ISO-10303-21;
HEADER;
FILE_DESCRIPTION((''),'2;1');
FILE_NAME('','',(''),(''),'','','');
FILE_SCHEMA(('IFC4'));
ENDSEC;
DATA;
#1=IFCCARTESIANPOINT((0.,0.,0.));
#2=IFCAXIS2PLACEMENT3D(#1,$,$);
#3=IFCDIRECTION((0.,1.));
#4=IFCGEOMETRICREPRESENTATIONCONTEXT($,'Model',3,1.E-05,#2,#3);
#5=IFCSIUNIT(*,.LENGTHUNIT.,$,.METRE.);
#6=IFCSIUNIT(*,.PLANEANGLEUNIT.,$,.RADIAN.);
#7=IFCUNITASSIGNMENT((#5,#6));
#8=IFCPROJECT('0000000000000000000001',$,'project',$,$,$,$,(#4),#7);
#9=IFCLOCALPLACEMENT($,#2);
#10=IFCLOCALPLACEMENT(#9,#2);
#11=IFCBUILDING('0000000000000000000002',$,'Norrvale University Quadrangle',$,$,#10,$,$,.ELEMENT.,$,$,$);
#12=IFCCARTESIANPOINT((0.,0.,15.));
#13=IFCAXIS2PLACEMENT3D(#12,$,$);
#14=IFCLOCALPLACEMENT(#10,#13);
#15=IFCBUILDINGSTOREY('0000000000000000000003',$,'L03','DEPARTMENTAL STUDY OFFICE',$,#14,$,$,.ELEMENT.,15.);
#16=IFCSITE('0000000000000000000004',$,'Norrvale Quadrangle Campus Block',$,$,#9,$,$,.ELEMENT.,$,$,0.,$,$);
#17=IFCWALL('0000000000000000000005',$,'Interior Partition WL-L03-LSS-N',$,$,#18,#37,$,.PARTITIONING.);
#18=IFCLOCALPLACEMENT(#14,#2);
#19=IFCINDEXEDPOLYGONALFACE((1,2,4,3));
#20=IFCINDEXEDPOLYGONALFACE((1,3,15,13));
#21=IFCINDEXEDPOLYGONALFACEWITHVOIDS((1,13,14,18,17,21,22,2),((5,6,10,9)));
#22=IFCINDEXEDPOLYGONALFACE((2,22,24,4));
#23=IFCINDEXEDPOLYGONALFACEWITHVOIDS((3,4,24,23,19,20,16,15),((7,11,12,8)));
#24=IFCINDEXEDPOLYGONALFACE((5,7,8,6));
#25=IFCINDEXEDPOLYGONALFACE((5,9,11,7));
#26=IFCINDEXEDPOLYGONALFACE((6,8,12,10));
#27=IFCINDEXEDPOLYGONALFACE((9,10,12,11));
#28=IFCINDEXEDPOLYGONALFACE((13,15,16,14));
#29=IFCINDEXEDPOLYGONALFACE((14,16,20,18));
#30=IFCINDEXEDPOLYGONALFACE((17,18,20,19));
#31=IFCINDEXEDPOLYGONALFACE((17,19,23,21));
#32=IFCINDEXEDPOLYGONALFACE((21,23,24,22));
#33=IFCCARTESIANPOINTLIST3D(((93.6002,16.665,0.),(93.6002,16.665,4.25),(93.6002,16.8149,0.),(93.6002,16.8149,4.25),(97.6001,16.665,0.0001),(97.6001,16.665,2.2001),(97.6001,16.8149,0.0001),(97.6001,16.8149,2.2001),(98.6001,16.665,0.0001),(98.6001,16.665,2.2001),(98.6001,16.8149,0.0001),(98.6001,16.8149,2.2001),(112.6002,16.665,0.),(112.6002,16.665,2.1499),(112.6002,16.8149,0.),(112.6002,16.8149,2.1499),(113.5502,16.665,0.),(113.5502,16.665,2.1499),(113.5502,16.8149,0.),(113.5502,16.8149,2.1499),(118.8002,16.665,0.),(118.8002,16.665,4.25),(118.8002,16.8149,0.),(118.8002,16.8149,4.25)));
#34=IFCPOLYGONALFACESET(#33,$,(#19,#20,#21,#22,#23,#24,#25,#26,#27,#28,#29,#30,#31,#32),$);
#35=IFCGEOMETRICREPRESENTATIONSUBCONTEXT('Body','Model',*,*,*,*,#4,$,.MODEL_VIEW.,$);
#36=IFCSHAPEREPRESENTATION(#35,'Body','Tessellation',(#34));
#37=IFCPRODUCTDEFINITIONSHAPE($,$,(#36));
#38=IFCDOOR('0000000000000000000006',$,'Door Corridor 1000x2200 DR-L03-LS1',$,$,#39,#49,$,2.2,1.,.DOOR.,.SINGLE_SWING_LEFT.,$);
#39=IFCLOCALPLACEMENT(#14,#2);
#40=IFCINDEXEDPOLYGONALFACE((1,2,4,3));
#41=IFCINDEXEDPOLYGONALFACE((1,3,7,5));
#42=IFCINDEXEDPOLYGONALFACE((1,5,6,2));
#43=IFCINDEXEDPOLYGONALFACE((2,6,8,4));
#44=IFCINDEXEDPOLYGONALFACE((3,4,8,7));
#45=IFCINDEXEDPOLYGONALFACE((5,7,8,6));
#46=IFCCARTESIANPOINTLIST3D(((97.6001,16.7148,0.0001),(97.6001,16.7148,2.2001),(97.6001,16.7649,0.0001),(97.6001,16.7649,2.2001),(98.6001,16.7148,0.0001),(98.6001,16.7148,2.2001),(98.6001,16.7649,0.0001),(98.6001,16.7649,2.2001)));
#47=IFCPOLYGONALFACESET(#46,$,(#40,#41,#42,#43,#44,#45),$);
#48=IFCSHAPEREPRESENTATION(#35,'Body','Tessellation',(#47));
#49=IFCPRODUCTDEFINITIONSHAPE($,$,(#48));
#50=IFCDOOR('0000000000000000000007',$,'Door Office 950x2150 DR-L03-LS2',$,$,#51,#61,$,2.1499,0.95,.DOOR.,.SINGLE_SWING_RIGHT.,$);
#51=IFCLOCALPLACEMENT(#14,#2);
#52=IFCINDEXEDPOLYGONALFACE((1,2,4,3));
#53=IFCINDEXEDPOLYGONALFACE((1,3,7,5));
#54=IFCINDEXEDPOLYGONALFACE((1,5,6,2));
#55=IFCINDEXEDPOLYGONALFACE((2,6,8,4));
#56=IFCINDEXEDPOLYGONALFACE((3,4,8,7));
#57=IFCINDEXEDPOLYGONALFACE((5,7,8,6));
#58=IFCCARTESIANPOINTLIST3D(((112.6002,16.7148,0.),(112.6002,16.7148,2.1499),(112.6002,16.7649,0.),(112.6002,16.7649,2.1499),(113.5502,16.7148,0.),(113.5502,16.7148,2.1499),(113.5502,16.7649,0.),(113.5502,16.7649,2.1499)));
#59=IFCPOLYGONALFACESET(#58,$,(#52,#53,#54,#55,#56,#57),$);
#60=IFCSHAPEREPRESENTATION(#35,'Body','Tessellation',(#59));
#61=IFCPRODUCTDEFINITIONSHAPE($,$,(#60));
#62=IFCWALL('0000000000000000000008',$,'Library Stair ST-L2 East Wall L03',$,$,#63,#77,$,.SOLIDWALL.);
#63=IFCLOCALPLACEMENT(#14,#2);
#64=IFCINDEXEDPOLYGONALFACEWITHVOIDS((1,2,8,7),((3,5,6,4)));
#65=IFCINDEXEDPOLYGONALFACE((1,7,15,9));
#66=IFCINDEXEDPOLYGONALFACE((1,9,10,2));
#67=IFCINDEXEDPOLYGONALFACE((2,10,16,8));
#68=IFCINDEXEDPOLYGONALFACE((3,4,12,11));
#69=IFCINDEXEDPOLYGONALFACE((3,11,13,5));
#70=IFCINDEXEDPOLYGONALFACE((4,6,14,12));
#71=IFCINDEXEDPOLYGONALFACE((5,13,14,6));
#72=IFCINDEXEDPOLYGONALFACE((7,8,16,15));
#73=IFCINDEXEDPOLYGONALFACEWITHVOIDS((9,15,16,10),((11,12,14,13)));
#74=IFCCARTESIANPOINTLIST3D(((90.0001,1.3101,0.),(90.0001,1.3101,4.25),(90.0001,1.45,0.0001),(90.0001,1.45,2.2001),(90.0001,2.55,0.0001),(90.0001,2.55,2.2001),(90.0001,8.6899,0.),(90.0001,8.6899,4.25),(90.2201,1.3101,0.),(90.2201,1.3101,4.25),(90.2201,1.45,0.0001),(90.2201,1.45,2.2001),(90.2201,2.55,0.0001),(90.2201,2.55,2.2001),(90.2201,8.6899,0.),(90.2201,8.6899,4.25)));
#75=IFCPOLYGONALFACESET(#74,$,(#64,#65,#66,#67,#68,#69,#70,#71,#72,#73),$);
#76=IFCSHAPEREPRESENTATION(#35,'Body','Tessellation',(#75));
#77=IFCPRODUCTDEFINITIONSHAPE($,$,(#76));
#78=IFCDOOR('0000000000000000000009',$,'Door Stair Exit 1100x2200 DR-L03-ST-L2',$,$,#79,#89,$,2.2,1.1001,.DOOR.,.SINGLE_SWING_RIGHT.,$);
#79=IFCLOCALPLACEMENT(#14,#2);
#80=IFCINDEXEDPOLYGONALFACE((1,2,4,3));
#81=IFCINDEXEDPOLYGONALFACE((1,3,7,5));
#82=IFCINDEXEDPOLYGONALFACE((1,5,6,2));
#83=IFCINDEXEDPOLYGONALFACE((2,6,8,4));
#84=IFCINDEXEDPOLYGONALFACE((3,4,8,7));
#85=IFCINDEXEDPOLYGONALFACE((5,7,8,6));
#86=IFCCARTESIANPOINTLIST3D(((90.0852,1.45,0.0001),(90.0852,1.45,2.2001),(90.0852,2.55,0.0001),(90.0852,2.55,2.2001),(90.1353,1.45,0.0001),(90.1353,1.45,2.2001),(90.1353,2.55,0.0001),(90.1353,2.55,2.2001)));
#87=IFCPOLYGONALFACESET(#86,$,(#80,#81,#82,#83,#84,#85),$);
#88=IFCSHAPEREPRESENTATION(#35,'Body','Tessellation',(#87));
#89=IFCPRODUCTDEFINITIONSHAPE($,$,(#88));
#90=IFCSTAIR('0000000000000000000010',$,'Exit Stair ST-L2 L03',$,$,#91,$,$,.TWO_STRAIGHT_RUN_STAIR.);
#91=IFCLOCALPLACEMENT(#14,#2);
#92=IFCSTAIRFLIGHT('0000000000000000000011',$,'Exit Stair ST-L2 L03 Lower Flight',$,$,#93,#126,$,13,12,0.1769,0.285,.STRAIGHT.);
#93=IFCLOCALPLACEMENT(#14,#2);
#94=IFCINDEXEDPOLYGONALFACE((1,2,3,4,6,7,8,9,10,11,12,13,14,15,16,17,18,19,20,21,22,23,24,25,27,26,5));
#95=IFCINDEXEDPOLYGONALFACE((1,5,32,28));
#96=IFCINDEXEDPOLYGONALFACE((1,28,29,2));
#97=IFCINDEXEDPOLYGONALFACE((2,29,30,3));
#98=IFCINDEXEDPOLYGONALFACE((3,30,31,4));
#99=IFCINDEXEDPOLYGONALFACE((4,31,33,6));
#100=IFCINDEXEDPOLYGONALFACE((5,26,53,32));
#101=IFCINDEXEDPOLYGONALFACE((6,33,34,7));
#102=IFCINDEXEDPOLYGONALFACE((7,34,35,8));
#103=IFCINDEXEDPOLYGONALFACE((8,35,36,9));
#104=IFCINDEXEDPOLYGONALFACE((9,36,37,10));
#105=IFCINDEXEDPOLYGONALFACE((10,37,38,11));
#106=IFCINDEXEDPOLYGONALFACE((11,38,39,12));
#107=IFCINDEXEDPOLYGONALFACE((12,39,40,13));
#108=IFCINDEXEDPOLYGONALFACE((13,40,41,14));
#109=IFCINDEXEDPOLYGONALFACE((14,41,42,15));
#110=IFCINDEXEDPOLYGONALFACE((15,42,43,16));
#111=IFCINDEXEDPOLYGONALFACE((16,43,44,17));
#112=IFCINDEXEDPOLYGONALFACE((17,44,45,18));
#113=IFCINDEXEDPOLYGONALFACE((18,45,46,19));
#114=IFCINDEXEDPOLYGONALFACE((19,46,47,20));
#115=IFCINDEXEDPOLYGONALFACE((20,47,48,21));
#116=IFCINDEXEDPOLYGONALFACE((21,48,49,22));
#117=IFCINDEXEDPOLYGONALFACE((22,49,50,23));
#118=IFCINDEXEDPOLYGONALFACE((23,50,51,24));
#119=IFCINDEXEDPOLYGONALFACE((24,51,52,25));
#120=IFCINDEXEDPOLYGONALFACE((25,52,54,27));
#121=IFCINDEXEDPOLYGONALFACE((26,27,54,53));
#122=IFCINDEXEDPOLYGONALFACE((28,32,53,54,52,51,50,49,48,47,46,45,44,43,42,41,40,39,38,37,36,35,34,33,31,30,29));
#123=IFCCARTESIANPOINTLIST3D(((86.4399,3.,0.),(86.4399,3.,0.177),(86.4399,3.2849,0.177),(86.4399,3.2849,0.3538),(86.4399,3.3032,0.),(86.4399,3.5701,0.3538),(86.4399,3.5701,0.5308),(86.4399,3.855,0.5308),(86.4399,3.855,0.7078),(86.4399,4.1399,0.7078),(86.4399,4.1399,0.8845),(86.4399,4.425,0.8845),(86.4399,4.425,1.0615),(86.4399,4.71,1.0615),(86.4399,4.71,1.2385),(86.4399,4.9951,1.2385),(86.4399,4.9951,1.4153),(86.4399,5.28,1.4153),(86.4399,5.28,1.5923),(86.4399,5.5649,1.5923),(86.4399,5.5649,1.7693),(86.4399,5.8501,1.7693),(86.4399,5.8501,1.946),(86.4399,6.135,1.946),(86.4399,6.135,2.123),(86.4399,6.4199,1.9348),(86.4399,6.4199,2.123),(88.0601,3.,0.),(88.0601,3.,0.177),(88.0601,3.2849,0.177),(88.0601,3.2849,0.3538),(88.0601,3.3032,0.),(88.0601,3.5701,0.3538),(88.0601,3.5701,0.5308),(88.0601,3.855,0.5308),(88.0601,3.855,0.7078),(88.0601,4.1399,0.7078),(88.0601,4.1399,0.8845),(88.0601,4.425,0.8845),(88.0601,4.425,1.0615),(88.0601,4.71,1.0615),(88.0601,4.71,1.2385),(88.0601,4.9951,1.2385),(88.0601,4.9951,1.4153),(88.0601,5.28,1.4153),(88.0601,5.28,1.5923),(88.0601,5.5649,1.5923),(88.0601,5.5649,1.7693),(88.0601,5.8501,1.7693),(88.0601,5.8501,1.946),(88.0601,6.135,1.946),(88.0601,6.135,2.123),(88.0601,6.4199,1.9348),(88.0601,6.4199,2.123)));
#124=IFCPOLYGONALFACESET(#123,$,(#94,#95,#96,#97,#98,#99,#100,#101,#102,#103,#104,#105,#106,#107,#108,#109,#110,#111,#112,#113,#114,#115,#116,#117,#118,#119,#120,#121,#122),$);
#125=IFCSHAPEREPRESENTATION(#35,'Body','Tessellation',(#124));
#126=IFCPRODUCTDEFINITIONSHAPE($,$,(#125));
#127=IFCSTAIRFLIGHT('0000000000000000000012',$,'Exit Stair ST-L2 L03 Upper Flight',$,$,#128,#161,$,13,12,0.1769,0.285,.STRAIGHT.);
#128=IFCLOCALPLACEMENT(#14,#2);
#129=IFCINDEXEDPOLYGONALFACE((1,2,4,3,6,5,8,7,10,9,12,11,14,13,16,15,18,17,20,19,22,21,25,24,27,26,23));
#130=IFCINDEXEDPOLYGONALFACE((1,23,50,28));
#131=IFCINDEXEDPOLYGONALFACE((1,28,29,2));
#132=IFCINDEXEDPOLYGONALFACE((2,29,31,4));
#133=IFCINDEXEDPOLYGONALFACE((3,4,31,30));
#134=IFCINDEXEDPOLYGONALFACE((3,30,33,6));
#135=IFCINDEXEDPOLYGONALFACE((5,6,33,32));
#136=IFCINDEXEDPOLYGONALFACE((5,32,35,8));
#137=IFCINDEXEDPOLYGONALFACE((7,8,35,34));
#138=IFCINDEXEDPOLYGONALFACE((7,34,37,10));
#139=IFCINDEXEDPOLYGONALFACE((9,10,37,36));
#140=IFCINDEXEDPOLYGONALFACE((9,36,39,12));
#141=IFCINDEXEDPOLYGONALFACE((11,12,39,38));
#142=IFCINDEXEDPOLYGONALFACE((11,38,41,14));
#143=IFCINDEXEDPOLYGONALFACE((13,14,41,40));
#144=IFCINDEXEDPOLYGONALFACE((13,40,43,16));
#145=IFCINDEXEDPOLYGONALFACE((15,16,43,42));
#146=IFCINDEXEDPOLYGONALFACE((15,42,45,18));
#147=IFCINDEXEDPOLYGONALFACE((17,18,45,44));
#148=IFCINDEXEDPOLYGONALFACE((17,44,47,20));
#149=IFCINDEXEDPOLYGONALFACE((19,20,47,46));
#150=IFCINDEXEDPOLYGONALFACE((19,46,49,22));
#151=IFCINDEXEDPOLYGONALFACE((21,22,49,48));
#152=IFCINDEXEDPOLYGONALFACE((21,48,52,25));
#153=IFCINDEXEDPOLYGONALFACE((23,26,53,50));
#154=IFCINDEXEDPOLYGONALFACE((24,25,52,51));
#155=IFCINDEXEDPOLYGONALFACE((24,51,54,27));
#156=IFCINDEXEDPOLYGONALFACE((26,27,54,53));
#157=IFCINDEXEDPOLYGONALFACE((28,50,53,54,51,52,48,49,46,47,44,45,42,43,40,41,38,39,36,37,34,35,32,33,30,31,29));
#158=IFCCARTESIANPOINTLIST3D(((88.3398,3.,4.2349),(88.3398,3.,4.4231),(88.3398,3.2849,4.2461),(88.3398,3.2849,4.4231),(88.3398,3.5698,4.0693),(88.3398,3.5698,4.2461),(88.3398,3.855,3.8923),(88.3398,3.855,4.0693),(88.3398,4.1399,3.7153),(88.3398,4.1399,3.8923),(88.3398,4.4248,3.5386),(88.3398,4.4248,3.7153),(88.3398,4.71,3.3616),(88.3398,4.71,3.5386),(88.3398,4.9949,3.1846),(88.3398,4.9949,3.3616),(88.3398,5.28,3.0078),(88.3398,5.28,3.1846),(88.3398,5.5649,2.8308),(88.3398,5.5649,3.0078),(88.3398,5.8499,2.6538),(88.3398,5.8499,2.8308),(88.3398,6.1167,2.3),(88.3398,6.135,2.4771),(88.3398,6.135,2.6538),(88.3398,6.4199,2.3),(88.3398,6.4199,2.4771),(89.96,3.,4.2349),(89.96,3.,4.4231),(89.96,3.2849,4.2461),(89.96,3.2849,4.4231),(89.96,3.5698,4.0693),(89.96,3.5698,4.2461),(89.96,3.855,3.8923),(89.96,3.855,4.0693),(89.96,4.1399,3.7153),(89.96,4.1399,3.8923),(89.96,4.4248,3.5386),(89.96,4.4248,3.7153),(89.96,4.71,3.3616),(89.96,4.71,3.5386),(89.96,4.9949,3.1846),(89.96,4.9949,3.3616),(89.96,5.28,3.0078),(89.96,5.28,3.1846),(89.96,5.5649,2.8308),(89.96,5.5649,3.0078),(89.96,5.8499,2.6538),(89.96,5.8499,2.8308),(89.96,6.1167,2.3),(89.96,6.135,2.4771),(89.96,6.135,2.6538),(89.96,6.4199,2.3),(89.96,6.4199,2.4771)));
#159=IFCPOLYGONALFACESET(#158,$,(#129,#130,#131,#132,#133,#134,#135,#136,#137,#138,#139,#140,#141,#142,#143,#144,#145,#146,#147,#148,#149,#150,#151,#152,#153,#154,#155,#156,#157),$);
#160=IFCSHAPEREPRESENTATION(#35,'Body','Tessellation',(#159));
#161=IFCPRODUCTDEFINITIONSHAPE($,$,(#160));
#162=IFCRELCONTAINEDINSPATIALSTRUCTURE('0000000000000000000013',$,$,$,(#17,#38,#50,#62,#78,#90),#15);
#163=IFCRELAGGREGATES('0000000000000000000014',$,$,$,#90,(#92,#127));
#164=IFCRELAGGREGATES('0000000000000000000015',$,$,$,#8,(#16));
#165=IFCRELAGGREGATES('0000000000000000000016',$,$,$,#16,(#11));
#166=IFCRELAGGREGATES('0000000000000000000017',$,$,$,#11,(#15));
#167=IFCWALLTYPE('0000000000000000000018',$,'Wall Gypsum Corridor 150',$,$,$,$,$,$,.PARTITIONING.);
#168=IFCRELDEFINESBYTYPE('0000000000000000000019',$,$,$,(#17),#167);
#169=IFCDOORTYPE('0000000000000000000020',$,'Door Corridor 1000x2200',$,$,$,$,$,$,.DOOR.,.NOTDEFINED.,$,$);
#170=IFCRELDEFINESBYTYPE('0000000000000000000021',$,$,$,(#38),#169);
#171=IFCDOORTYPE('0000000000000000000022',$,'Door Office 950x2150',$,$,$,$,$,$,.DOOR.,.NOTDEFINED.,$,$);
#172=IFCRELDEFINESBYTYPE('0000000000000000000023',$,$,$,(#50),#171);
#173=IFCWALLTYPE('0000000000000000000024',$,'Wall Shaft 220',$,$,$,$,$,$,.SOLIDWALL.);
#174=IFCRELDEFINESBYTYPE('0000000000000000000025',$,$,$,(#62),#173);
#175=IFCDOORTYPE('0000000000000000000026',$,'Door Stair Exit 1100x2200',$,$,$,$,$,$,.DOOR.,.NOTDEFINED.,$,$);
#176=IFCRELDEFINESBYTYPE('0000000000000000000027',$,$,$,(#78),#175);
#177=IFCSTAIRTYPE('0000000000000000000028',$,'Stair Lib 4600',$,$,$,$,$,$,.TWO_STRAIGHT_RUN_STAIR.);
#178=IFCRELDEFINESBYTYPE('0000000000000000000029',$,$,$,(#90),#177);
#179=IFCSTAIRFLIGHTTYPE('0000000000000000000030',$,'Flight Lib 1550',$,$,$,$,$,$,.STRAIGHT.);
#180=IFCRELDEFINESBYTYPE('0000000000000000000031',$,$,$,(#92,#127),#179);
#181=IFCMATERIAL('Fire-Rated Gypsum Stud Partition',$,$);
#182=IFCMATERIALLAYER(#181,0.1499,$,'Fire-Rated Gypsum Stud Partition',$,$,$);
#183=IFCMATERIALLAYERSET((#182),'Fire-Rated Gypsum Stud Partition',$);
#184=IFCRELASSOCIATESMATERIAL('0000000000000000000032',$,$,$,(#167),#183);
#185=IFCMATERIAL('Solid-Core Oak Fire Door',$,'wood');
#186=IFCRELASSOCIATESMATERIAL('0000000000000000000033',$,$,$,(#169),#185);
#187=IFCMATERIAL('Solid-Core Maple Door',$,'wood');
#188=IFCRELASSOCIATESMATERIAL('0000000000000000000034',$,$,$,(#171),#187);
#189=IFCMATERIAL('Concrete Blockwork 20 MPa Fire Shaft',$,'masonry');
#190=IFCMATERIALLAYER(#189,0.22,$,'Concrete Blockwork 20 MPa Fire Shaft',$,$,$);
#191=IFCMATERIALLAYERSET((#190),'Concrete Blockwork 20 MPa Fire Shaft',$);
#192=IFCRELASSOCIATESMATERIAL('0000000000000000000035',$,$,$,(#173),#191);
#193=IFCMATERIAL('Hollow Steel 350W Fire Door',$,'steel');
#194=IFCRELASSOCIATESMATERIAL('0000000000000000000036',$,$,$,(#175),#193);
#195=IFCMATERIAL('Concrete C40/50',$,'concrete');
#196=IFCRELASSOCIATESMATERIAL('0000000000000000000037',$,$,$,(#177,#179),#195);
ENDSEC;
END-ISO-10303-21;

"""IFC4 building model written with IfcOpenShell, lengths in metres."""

from ifc_helpers import new_model, si_unit, direction, frame, frame_2d, origin, place, context, subcontext, project, spatial, polyline, rectangle, outline, extrude, material, layer, layer_set, type_object, element, fill, aggregate, save


model = new_model("IFC4")

# Units and contexts
model_context = context("Model", 3, precision=1e-05, world=origin(), true_north=direction((0.0, 1.0)))
body_context = subcontext(model_context, "Body", "Model", "MODEL_VIEW")
ifc_project = project(units=[si_unit("LENGTHUNIT", "METRE"), si_unit("PLANEANGLEUNIT", "RADIAN")], contexts=[model_context])

# Site, building, storey
site_placement = place(None, origin())
site = spatial("IfcSite", under=ifc_project, at=site_placement, Name="Norrvale Quadrangle Campus Block", CompositionType="ELEMENT", RefElevation=0.0)
building_placement = place(site_placement, origin())
building = spatial("IfcBuilding", under=site, at=building_placement, Name="Norrvale University Quadrangle", CompositionType="ELEMENT")
storey_placement = place(building_placement, frame((0.0, 0.0, 15.0)))
storey = spatial("IfcBuildingStorey", under=building, at=storey_placement, Name="L03", Description="DEPARTMENTAL STUDY OFFICE", CompositionType="ELEMENT", Elevation=15.0)

# Shared definitions
ifc_material_1 = material(Name="Fire-Rated Gypsum Stud Partition")
ifc_layer_1 = layer(ifc_material_1, 0.1499, Name="Fire-Rated Gypsum Stud Partition")
ifc_layer_set_1 = layer_set([ifc_layer_1], Name="Fire-Rated Gypsum Stud Partition")
wall_type_1 = type_object("IfcWallType", Name="Wall Gypsum Corridor 150", PredefinedType="PARTITIONING", material=ifc_layer_set_1)
ifc_material_2 = material(Name="Solid-Core Oak Fire Door", Category="wood")
door_type_1 = type_object("IfcDoorType", Name="Door Corridor 1000x2200", OperationType="NOTDEFINED", PredefinedType="DOOR", material=ifc_material_2)

# Wall, openings, doors
wall_1_placement = place(storey_placement, frame((93.6001, 16.74, 0.0), z_axis=(0.0, 0.0, 1.0), x_axis=(1.0, 0.0, 0.0)))
wall_1 = element("IfcWall", 1, at=wall_1_placement, inside=storey, type_object=wall_type_1, Name="Interior Partition WL-L03-LSS-N", PredefinedType="PARTITIONING", context=body_context, shape_type="SweptSolid", body=[
    extrude(rectangle(XDim=25.2, YDim=0.1499, at=frame_2d((12.6001, 0.0))), origin(), (0.0, 0.0, 1.0), 4.25),
])
opening_1_placement = place(wall_1_placement, frame((4.0, 0.0, 0.0)))
opening_1 = element("IfcOpeningElement", 2, at=opening_1_placement, cuts=wall_1, PredefinedType="OPENING", context=body_context, shape_type="SweptSolid", body=[
    extrude(rectangle(XDim=1.0, YDim=2.2, at=frame_2d((0.5, 1.1001))), frame((0.0, 0.0869, 0.0), z_axis=(0.0, -1.0, 0.0), x_axis=(1.0, 0.0, 0.0)), (0.0, 0.0, 1.0), 0.1738),
])
opening_2_placement = place(wall_1_placement, frame((19.0, 0.0, 0.0)))
opening_2 = element("IfcOpeningElement", 3, at=opening_2_placement, cuts=wall_1, PredefinedType="OPENING", context=body_context, shape_type="SweptSolid", body=[
    extrude(rectangle(XDim=0.95, YDim=2.1499, at=frame_2d((0.4751, 1.075))), frame((0.0, 0.0869, 0.0), z_axis=(0.0, -1.0, 0.0), x_axis=(1.0, 0.0, 0.0)), (0.0, 0.0, 1.0), 0.1738),
])
door_1_placement = place(opening_1_placement, origin())
door_1 = element("IfcDoor", 4, at=door_1_placement, inside=storey, type_object=door_type_1, Name="Door Corridor 1000x2200 DR-L03-LS1", OperationType="SINGLE_SWING_LEFT", OverallHeight=2.2, OverallWidth=1.0, PredefinedType="DOOR", context=body_context, shape_type="SweptSolid", body=[
    extrude(rectangle(XDim=1.0, YDim=2.2, at=frame_2d((0.5, 1.1001))), frame((0.0, 0.0249, 0.0), z_axis=(0.0, -1.0, 0.0), x_axis=(1.0, 0.0, 0.0)), (0.0, 0.0, 1.0), 0.05),
])
fill(opening_1, door_1)
ifc_material_3 = material(Name="Solid-Core Maple Door", Category="wood")
door_type_2 = type_object("IfcDoorType", Name="Door Office 950x2150", OperationType="NOTDEFINED", PredefinedType="DOOR", material=ifc_material_3)
door_2_placement = place(opening_2_placement, origin())
door_2 = element("IfcDoor", 5, at=door_2_placement, inside=storey, type_object=door_type_2, Name="Door Office 950x2150 DR-L03-LS2", OperationType="SINGLE_SWING_RIGHT", OverallHeight=2.1499, OverallWidth=0.95, PredefinedType="DOOR", context=body_context, shape_type="SweptSolid", body=[
    extrude(rectangle(XDim=0.95, YDim=2.1499, at=frame_2d((0.4751, 1.075))), frame((0.0, 0.0249, 0.0), z_axis=(0.0, -1.0, 0.0), x_axis=(1.0, 0.0, 0.0)), (0.0, 0.0, 1.0), 0.05),
])
fill(opening_2, door_2)

# Wall, opening, door
ifc_material_4 = material(Name="Concrete Blockwork 20 MPa Fire Shaft", Category="masonry")
ifc_layer_2 = layer(ifc_material_4, 0.22, Name="Concrete Blockwork 20 MPa Fire Shaft")
ifc_layer_set_2 = layer_set([ifc_layer_2], Name="Concrete Blockwork 20 MPa Fire Shaft")
wall_type_2 = type_object("IfcWallType", Name="Wall Shaft 220", PredefinedType="SOLIDWALL", material=ifc_layer_set_2)
wall_2_placement = place(storey_placement, frame((90.1101, 1.3101, 0.0), z_axis=(0.0, 0.0, 1.0), x_axis=(0.0, 1.0, 0.0)))
wall_2 = element("IfcWall", 6, at=wall_2_placement, inside=storey, type_object=wall_type_2, Name="Library Stair ST-L2 East Wall L03", PredefinedType="SOLIDWALL", context=body_context, shape_type="SweptSolid", body=[
    extrude(rectangle(XDim=7.3799, YDim=0.22, at=frame_2d((3.6899, 0.0))), origin(), (0.0, 0.0, 1.0), 4.25),
])
opening_3_placement = place(wall_2_placement, frame((0.1399, 0.0, 0.0)))
opening_3 = element("IfcOpeningElement", 7, at=opening_3_placement, cuts=wall_2, PredefinedType="OPENING", context=body_context, shape_type="SweptSolid", body=[
    extrude(rectangle(XDim=1.1001, YDim=2.2, at=frame_2d((0.55, 1.1001))), frame((0.0, 0.1221, 0.0), z_axis=(0.0, -1.0, 0.0), x_axis=(1.0, 0.0, 0.0)), (0.0, 0.0, 1.0), 0.2439),
])
ifc_material_5 = material(Name="Hollow Steel 350W Fire Door", Category="steel")
door_type_3 = type_object("IfcDoorType", Name="Door Stair Exit 1100x2200", OperationType="NOTDEFINED", PredefinedType="DOOR", material=ifc_material_5)
door_3_placement = place(opening_3_placement, origin())
door_3 = element("IfcDoor", 8, at=door_3_placement, inside=storey, type_object=door_type_3, Name="Door Stair Exit 1100x2200 DR-L03-ST-L2", OperationType="SINGLE_SWING_RIGHT", OverallHeight=2.2, OverallWidth=1.1001, PredefinedType="DOOR", context=body_context, shape_type="SweptSolid", body=[
    extrude(rectangle(XDim=1.1001, YDim=2.2, at=frame_2d((0.55, 1.1001))), frame((0.0, 0.0249, 0.0), z_axis=(0.0, -1.0, 0.0), x_axis=(1.0, 0.0, 0.0)), (0.0, 0.0, 1.0), 0.05),
])
fill(opening_3, door_3)

# Stair, stair flights
ifc_material_6 = material(Name="Concrete C40/50", Category="concrete")
stair_type = type_object("IfcStairType", Name="Stair Lib 4600", PredefinedType="TWO_STRAIGHT_RUN_STAIR", material=ifc_material_6)
stair_placement = place(storey_placement, origin())
stair = element("IfcStair", 9, at=stair_placement, inside=storey, type_object=stair_type, Name="Exit Stair ST-L2 L03", PredefinedType="TWO_STRAIGHT_RUN_STAIR")
stair_flight_type = type_object("IfcStairFlightType", Name="Flight Lib 1550", PredefinedType="STRAIGHT", material=ifc_material_6)
stair_flight_1_placement = place(storey_placement, frame((87.25, 3.0, 0.0), z_axis=(0.0, 0.0, 1.0), x_axis=(0.0, 1.0, 0.0)))
stair_flight_1 = element("IfcStairFlight", 10, at=stair_flight_1_placement, type_object=stair_flight_type, Name="Exit Stair ST-L2 L03 Lower Flight", NumberOfRisers=13, NumberOfTreads=12, PredefinedType="STRAIGHT", RiserHeight=0.1769, TreadLength=0.285, context=body_context, shape_type="SweptSolid", body=[
    extrude(outline(polyline([(0.0, 0.0), (0.0, 0.177), (0.2849, 0.177), (0.2849, 0.3538), (0.5701, 0.3538), (0.5701, 0.5308), (0.855, 0.5308), (0.855, 0.7078), (1.1399, 0.7078), (1.1399, 0.8845), (1.425, 0.8845), (1.425, 1.0615), (1.71, 1.0615), (1.71, 1.2385), (1.9951, 1.2385), (1.9951, 1.4153), (2.28, 1.4153), (2.28, 1.5923), (2.5649, 1.5923), (2.5649, 1.7693), (2.8501, 1.7693), (2.8501, 1.946), (3.135, 1.946), (3.135, 2.123), (3.4199, 2.123), (3.4199, 2.3), (3.4199, 1.9348), (0.3032, 0.0), (0.0, 0.0)])), frame((0.0, 0.8101, 0.0), z_axis=(0.0, -1.0, 0.0), x_axis=(1.0, 0.0, 0.0)), (0.0, 0.0, 1.0), 1.6201),
])
stair_flight_2_placement = place(storey_placement, frame((89.1499, 6.4199, 2.3), z_axis=(0.0, 0.0, 1.0), x_axis=(0.0, -1.0, 0.0)))
stair_flight_2 = element("IfcStairFlight", 11, at=stair_flight_2_placement, type_object=stair_flight_type, Name="Exit Stair ST-L2 L03 Upper Flight", NumberOfRisers=13, NumberOfTreads=12, PredefinedType="STRAIGHT", RiserHeight=0.1769, TreadLength=0.285, context=body_context, shape_type="SweptSolid", body=[
    extrude(outline(polyline([(0.0, 0.0), (0.0, 0.177), (0.2849, 0.177), (0.2849, 0.3538), (0.5701, 0.3538), (0.5701, 0.5308), (0.855, 0.5308), (0.855, 0.7078), (1.1399, 0.7078), (1.1399, 0.8845), (1.425, 0.8845), (1.425, 1.0615), (1.71, 1.0615), (1.71, 1.2385), (1.9951, 1.2385), (1.9951, 1.4153), (2.28, 1.4153), (2.28, 1.5923), (2.5649, 1.5923), (2.5649, 1.7693), (2.8501, 1.7693), (2.8501, 1.946), (3.135, 1.946), (3.135, 2.123), (3.4199, 2.123), (3.4199, 2.3), (3.4199, 1.9348), (0.3032, 0.0), (0.0, 0.0)])), frame((0.0, 0.8101, 0.0), z_axis=(0.0, -1.0, 0.0), x_axis=(1.0, 0.0, 0.0)), (0.0, 0.0, 1.0), 1.6201),
])
aggregate(stair, [stair_flight_1, stair_flight_2])

save(model, "model.ifc")
